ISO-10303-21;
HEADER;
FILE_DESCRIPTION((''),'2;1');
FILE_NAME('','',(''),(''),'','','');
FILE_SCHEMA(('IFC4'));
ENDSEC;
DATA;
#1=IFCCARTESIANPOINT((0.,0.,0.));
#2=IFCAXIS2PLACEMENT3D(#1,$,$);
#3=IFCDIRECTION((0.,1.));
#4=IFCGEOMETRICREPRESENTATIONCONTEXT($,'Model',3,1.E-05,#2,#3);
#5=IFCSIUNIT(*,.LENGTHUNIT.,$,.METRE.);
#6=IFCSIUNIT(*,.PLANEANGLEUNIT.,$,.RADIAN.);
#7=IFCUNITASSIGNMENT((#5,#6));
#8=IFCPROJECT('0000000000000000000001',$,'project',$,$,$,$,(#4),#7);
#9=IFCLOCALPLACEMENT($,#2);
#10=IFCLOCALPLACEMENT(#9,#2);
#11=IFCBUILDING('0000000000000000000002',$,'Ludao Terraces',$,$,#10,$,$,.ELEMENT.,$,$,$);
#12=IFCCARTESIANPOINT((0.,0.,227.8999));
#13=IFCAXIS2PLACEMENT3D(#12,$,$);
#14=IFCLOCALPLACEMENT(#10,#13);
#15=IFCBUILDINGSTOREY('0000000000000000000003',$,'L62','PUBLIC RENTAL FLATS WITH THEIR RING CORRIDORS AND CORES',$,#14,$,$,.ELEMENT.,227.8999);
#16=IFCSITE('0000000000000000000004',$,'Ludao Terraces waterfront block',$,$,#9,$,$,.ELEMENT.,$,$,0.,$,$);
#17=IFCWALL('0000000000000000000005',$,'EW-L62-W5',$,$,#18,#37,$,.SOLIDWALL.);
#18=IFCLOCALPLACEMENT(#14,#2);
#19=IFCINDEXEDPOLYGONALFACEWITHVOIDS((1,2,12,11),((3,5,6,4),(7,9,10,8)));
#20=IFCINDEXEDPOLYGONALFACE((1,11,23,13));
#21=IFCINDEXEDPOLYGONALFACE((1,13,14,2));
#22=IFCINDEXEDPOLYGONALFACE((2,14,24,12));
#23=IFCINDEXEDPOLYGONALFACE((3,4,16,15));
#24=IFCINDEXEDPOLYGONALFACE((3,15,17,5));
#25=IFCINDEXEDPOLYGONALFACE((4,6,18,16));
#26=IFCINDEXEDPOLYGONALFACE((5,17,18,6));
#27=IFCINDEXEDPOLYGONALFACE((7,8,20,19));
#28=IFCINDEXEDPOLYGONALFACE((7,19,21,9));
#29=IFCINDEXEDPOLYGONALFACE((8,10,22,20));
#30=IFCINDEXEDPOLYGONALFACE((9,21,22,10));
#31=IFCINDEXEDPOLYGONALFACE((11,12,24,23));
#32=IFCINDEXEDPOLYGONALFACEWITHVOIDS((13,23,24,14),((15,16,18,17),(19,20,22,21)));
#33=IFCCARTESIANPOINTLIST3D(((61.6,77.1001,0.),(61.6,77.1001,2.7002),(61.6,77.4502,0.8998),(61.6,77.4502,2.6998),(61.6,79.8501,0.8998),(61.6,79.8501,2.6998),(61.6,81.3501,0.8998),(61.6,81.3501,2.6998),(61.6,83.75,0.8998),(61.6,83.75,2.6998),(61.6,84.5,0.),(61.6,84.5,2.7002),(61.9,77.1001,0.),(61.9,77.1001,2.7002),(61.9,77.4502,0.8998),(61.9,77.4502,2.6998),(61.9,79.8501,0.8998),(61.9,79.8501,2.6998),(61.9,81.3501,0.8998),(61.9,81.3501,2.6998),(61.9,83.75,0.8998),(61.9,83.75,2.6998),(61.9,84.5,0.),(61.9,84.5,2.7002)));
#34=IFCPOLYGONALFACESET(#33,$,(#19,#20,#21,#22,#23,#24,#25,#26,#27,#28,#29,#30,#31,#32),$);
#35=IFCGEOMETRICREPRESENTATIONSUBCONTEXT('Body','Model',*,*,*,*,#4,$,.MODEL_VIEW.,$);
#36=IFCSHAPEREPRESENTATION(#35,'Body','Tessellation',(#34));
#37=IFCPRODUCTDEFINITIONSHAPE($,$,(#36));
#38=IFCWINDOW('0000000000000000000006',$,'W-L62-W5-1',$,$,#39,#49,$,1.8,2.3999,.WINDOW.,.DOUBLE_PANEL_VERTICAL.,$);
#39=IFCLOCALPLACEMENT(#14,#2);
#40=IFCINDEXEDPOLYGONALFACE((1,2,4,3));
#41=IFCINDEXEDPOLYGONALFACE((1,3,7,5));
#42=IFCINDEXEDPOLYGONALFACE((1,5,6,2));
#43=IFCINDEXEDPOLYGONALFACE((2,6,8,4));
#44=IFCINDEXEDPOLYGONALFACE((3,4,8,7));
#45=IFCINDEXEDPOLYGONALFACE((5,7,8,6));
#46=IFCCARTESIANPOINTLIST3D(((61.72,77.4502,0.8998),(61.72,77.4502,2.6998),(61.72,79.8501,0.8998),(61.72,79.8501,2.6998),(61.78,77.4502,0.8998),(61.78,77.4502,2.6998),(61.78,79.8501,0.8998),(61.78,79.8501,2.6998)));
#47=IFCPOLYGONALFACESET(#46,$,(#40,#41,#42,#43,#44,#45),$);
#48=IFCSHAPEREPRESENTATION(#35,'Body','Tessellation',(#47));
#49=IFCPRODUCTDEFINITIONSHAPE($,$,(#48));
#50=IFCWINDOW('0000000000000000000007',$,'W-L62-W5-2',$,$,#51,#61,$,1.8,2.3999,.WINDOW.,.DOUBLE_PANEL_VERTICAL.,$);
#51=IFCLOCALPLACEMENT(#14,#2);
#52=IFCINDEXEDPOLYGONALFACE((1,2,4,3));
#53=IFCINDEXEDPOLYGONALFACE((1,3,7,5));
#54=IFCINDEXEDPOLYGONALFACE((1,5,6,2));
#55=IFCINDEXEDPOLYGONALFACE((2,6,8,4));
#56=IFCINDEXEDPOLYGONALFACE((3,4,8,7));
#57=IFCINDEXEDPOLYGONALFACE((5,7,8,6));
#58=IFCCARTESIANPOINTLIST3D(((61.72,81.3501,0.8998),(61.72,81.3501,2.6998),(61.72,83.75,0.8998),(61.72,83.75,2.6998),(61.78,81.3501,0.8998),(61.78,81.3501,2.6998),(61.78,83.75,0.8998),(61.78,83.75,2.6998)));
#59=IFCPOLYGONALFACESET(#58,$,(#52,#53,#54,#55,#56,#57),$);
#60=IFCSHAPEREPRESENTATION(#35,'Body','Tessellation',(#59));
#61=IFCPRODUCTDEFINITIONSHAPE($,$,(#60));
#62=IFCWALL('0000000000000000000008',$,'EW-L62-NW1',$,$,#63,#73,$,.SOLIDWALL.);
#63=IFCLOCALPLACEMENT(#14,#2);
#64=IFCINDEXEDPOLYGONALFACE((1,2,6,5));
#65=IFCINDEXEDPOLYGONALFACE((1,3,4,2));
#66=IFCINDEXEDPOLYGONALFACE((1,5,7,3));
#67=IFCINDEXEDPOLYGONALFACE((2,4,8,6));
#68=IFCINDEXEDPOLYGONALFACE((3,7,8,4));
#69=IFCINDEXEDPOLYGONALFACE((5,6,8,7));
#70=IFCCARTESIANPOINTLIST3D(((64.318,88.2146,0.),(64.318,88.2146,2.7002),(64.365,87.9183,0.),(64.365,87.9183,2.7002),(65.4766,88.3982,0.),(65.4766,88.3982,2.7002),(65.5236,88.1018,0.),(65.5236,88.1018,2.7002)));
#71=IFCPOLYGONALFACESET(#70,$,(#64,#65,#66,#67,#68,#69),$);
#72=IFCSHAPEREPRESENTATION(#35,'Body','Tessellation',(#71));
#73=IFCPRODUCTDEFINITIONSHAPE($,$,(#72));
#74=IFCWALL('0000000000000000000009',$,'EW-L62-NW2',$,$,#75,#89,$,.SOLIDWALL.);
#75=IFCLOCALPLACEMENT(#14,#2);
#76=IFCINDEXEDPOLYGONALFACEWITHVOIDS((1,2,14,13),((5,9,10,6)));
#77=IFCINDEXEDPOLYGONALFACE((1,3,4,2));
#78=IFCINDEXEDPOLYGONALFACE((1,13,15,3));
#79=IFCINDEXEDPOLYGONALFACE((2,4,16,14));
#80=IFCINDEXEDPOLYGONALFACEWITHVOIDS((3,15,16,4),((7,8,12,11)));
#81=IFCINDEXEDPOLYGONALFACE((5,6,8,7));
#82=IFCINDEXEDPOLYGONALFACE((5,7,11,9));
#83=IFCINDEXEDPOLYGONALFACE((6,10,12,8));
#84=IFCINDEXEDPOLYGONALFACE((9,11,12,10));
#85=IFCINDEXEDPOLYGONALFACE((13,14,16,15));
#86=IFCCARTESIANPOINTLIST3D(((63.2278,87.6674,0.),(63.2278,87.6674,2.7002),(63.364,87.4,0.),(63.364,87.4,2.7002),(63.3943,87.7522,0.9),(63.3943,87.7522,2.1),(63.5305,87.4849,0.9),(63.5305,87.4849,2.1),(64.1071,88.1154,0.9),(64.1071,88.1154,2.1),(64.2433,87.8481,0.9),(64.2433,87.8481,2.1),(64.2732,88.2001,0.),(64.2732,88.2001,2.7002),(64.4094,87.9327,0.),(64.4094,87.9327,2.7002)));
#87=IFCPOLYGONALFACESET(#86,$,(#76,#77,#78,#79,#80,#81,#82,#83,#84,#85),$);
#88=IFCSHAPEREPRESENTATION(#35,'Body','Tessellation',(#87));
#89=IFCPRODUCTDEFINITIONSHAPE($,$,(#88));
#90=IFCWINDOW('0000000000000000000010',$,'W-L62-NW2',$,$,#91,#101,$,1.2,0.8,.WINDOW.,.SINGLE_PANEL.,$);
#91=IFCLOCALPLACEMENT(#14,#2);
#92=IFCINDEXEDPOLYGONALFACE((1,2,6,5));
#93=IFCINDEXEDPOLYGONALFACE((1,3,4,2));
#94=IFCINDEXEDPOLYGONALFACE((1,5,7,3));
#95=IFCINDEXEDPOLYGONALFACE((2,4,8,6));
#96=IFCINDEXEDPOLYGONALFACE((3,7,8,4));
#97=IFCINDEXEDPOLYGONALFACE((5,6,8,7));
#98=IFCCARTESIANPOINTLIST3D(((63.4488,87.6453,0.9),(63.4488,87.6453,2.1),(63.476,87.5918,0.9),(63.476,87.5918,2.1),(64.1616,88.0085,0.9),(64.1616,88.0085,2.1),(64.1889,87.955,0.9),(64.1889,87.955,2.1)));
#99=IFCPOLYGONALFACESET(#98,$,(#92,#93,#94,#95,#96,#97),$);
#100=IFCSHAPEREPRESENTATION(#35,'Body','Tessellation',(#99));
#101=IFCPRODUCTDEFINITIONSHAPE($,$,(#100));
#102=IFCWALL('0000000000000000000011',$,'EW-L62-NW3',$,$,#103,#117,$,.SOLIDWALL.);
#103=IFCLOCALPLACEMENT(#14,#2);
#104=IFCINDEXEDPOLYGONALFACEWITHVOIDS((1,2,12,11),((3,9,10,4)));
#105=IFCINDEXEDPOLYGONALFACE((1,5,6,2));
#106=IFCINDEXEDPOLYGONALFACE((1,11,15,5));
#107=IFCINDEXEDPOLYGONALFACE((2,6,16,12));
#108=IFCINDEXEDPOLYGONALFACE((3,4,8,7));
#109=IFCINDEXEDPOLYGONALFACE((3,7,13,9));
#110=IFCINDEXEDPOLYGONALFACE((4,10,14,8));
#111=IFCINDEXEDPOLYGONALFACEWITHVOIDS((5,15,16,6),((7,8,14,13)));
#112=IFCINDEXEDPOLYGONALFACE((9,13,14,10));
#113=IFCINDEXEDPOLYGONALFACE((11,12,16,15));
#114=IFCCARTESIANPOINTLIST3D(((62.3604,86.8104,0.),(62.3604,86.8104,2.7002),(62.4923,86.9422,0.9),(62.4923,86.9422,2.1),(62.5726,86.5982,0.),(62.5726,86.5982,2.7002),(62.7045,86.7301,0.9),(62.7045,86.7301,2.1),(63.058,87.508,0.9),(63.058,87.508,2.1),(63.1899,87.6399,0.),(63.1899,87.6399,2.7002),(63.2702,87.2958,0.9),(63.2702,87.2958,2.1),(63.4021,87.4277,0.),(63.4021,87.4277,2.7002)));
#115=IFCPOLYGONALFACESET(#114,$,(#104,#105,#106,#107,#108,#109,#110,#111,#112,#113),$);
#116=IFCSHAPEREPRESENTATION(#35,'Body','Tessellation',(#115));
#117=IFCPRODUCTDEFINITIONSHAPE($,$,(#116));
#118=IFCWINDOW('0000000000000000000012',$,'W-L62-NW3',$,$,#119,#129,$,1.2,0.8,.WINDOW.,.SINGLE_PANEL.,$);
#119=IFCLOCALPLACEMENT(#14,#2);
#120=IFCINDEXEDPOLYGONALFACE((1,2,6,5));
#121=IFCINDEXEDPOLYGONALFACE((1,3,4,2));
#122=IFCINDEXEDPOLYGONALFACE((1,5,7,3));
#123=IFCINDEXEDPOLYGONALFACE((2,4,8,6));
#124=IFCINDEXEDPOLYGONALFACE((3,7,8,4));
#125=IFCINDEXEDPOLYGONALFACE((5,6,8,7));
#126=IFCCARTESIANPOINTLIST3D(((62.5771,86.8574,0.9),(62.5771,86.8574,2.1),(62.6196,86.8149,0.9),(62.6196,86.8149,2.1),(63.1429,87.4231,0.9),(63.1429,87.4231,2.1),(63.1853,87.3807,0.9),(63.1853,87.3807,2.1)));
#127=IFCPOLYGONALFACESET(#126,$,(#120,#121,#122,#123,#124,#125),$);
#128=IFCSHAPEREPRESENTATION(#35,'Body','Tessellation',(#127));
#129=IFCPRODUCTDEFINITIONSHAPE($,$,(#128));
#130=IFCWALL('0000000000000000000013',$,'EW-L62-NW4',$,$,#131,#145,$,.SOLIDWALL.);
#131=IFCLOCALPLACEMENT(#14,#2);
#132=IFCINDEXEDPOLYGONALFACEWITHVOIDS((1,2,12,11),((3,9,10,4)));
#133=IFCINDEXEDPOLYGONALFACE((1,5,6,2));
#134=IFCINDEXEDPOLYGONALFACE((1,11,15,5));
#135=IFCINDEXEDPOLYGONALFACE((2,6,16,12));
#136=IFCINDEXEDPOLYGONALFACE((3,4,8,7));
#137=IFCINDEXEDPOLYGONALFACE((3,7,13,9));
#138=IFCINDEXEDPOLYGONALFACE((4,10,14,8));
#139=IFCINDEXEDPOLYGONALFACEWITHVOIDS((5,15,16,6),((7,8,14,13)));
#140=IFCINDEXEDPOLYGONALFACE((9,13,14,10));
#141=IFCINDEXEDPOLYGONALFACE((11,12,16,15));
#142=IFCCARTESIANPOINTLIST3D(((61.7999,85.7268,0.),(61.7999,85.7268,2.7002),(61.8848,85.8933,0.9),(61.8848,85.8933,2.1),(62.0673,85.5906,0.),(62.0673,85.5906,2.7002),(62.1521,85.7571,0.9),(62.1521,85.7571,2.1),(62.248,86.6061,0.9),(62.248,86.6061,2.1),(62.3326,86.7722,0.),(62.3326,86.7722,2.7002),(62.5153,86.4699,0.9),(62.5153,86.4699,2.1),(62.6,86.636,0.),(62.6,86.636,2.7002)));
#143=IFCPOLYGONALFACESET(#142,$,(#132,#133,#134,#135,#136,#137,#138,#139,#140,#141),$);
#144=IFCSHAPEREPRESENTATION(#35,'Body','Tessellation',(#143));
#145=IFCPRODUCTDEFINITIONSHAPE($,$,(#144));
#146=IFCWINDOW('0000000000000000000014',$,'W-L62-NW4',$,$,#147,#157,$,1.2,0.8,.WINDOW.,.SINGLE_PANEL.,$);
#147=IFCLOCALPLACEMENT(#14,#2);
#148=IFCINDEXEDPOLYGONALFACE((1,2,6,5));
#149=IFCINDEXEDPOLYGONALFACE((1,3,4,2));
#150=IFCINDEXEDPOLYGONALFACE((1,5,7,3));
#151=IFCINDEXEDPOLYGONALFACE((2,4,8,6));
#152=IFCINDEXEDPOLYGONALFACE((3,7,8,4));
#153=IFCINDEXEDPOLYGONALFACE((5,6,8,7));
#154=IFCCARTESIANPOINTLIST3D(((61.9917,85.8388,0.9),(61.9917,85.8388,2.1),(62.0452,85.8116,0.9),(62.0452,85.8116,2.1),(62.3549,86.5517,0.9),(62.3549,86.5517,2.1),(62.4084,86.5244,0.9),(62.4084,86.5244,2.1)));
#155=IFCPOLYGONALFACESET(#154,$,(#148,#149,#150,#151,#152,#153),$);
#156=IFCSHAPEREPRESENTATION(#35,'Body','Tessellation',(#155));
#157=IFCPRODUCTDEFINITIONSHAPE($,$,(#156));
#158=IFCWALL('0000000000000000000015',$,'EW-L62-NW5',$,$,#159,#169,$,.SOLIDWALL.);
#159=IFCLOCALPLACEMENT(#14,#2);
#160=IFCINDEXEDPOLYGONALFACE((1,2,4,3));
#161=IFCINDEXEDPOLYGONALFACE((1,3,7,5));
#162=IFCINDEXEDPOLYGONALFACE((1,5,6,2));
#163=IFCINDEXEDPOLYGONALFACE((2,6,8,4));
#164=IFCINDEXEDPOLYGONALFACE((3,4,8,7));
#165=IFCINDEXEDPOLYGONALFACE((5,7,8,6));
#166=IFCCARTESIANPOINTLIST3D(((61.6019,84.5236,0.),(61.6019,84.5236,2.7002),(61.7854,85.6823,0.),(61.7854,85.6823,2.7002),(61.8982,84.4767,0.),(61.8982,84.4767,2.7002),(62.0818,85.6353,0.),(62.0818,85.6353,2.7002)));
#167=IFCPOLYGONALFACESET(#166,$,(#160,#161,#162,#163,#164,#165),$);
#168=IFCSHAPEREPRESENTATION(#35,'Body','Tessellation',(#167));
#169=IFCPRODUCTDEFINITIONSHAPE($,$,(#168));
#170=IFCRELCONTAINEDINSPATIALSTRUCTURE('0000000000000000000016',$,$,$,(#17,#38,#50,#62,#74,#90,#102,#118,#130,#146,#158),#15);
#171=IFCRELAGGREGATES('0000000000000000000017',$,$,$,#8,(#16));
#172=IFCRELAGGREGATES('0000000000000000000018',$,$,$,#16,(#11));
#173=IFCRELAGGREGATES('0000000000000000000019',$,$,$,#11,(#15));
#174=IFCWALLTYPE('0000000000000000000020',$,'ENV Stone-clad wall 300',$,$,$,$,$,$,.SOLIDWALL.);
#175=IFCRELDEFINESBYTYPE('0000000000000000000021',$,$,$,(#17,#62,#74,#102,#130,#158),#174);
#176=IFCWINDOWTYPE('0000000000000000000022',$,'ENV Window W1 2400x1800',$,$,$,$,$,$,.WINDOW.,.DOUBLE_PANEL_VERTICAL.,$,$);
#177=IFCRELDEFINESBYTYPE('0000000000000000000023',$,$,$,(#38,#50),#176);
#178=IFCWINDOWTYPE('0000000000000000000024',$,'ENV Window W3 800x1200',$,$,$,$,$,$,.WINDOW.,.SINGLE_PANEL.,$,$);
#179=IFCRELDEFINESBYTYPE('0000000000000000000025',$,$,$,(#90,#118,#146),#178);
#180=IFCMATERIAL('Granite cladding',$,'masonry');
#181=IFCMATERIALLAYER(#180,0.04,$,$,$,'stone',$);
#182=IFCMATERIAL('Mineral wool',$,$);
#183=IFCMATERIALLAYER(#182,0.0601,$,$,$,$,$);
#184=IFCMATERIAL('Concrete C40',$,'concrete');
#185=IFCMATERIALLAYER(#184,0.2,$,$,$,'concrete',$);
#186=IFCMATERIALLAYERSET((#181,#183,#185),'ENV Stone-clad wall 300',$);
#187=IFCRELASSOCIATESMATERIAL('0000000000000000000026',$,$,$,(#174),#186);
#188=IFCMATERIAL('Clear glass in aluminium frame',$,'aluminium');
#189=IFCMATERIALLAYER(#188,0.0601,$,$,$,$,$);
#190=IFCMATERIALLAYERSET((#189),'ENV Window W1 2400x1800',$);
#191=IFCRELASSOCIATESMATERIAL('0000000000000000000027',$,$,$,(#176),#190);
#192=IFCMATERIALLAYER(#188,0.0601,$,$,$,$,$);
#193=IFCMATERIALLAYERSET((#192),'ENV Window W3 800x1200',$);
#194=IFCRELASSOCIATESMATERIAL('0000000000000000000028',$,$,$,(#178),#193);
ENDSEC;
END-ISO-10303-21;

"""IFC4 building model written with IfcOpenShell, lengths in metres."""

from ifc_helpers import new_model, si_unit, direction, frame, frame_2d, origin, place, context, subcontext, project, spatial, rectangle, extrude, material, layer, layer_set, type_object, element, fill, save


model = new_model("IFC4")

# Units and contexts
model_context = context("Model", 3, precision=1e-05, world=origin(), true_north=direction((0.0, 1.0)))
body_context = subcontext(model_context, "Body", "Model", "MODEL_VIEW")
ifc_project = project(units=[si_unit("LENGTHUNIT", "METRE"), si_unit("PLANEANGLEUNIT", "RADIAN")], contexts=[model_context])

# Site, building, storey
site_placement = place(None, origin())
site = spatial("IfcSite", under=ifc_project, at=site_placement, Name="Ludao Terraces waterfront block", CompositionType="ELEMENT", RefElevation=0.0)
building_placement = place(site_placement, origin())
building = spatial("IfcBuilding", under=site, at=building_placement, Name="Ludao Terraces", CompositionType="ELEMENT")
storey_placement = place(building_placement, frame((0.0, 0.0, 227.8999)))
storey = spatial("IfcBuildingStorey", under=building, at=storey_placement, Name="L62", Description="PUBLIC RENTAL FLATS WITH THEIR RING CORRIDORS AND CORES", CompositionType="ELEMENT", Elevation=227.8999)

# Shared definitions
ifc_material_1 = material(Name="Concrete C40", Category="concrete")

# Wall, openings, windows
ifc_material_2 = material(Name="Granite cladding", Category="masonry")
ifc_layer_1 = layer(ifc_material_2, 0.04, Category="stone")
ifc_material_3 = material(Name="Mineral wool")
ifc_layer_2 = layer(ifc_material_3, 0.0601)
ifc_layer_3 = layer(ifc_material_1, 0.2, Category="concrete")
ifc_layer_set_1 = layer_set([ifc_layer_1, ifc_layer_2, ifc_layer_3], Name="ENV Stone-clad wall 300")
wall_type_1 = type_object("IfcWallType", Name="ENV Stone-clad wall 300", PredefinedType="SOLIDWALL", material=ifc_layer_set_1)
ifc_material_4 = material(Name="Clear glass in aluminium frame", Category="aluminium")
ifc_layer_4 = layer(ifc_material_4, 0.0601)
ifc_layer_set_2 = layer_set([ifc_layer_4], Name="ENV Window W1 2400x1800")
window_type_1 = type_object("IfcWindowType", Name="ENV Window W1 2400x1800", PartitioningType="DOUBLE_PANEL_VERTICAL", PredefinedType="WINDOW", material=ifc_layer_set_2)
wall_1_placement = place(storey_placement, frame((61.75, 77.1001, 0.0), z_axis=(0.0, 0.0, 1.0), x_axis=(0.0, 1.0, 0.0)))
wall_1 = element("IfcWall", 1, at=wall_1_placement, inside=storey, type_object=wall_type_1, Name="EW-L62-W5", PredefinedType="SOLIDWALL", context=body_context, shape_type="SweptSolid", body=[
    extrude(rectangle(XDim=7.3999, YDim=0.3, at=frame_2d((3.7, 0.0))), origin(), (0.0, 0.0, 1.0), 2.7002),
])
opening_1_placement = place(wall_1_placement, frame((0.3501, 0.0, 0.8999)))
opening_1 = element("IfcOpeningElement", 2, at=opening_1_placement, cuts=wall_1, PredefinedType="OPENING", context=body_context, shape_type="SweptSolid", body=[
    extrude(rectangle(XDim=2.3999, YDim=1.8, at=frame_2d((1.2, 0.8999))), frame((0.0, 0.1602, 0.0), z_axis=(0.0, -1.0, 0.0), x_axis=(1.0, 0.0, 0.0)), (0.0, 0.0, 1.0), 0.3201),
])
opening_2_placement = place(wall_1_placement, frame((4.25, 0.0, 0.8999)))
opening_2 = element("IfcOpeningElement", 3, at=opening_2_placement, cuts=wall_1, PredefinedType="OPENING", context=body_context, shape_type="SweptSolid", body=[
    extrude(rectangle(XDim=2.3999, YDim=1.8, at=frame_2d((1.2, 0.8999))), frame((0.0, 0.1602, 0.0), z_axis=(0.0, -1.0, 0.0), x_axis=(1.0, 0.0, 0.0)), (0.0, 0.0, 1.0), 0.3201),
])
window_1_placement = place(opening_1_placement, origin())
window_1 = element("IfcWindow", 4, at=window_1_placement, inside=storey, type_object=window_type_1, Name="W-L62-W5-1", OverallHeight=1.8, OverallWidth=2.3999, PartitioningType="DOUBLE_PANEL_VERTICAL", PredefinedType="WINDOW", context=body_context, shape_type="SweptSolid", body=[
    extrude(rectangle(XDim=2.3999, YDim=1.8, at=frame_2d((1.2, 0.8999))), frame((0.0, 0.03, 0.0), z_axis=(0.0, -1.0, 0.0), x_axis=(1.0, 0.0, 0.0)), (0.0, 0.0, 1.0), 0.0601),
])
fill(opening_1, window_1)
window_2_placement = place(opening_2_placement, origin())
window_2 = element("IfcWindow", 5, at=window_2_placement, inside=storey, type_object=window_type_1, Name="W-L62-W5-2", OverallHeight=1.8, OverallWidth=2.3999, PartitioningType="DOUBLE_PANEL_VERTICAL", PredefinedType="WINDOW", context=body_context, shape_type="SweptSolid", body=[
    extrude(rectangle(XDim=2.3999, YDim=1.8, at=frame_2d((1.2, 0.8999))), frame((0.0, 0.03, 0.0), z_axis=(0.0, -1.0, 0.0), x_axis=(1.0, 0.0, 0.0)), (0.0, 0.0, 1.0), 0.0601),
])
fill(opening_2, window_2)

# Wall
wall_2_placement = place(storey_placement, frame((65.5, 88.25, 0.0), z_axis=(0.0, 0.0, 1.0), x_axis=(-0.987678, -0.156497, 0.0)))
element("IfcWall", 6, at=wall_2_placement, inside=storey, type_object=wall_type_1, Name="EW-L62-NW1", PredefinedType="SOLIDWALL", context=body_context, shape_type="SweptSolid", body=[
    extrude(rectangle(XDim=1.1731, YDim=0.3, at=frame_2d((0.5864, 0.0))), origin(), (0.0, 0.0, 1.0), 2.7002),
])

# Walls, openings, windows
wall_3_placement = place(storey_placement, frame((64.3413, 88.0664, 0.0), z_axis=(0.0, 0.0, 1.0), x_axis=(-0.890989, -0.454026, 0.0)))
wall_3 = element("IfcWall", 7, at=wall_3_placement, inside=storey, type_object=wall_type_1, Name="EW-L62-NW2", PredefinedType="SOLIDWALL", context=body_context, shape_type="SweptSolid", body=[
    extrude(rectangle(XDim=1.1733, YDim=0.3, at=frame_2d((0.5867, 0.0))), origin(), (0.0, 0.0, 1.0), 2.7002),
])
opening_3_placement = place(wall_3_placement, frame((0.1865, 0.0, 0.8999)))
opening_3 = element("IfcOpeningElement", 8, at=opening_3_placement, cuts=wall_3, PredefinedType="OPENING", context=body_context, shape_type="SweptSolid", body=[
    extrude(rectangle(XDim=0.8, YDim=1.2, at=frame_2d((0.3999, 0.6001))), frame((0.0, 0.1602, 0.0), z_axis=(0.0, -1.0, 0.0), x_axis=(1.0, 0.0, 0.0)), (0.0, 0.0, 1.0), 0.3201),
])
ifc_layer_5 = layer(ifc_material_4, 0.0601)
ifc_layer_set_3 = layer_set([ifc_layer_5], Name="ENV Window W3 800x1200")
window_type_2 = type_object("IfcWindowType", Name="ENV Window W3 800x1200", PartitioningType="SINGLE_PANEL", PredefinedType="WINDOW", material=ifc_layer_set_3)
window_3_placement = place(opening_3_placement, origin())
window_3 = element("IfcWindow", 9, at=window_3_placement, inside=storey, type_object=window_type_2, Name="W-L62-NW2", OverallHeight=1.2, OverallWidth=0.8, PartitioningType="SINGLE_PANEL", PredefinedType="WINDOW", context=body_context, shape_type="SweptSolid", body=[
    extrude(rectangle(XDim=0.8, YDim=1.2, at=frame_2d((0.3999, 0.6001))), frame((0.0, 0.03, 0.0), z_axis=(0.0, -1.0, 0.0), x_axis=(1.0, 0.0, 0.0)), (0.0, 0.0, 1.0), 0.0601),
])
fill(opening_3, window_3)
wall_4_placement = place(storey_placement, frame((63.2959, 87.5337, 0.0), z_axis=(0.0, 0.0, 1.0), x_axis=(-0.707107, -0.707107, 0.0)))
wall_4 = element("IfcWall", 10, at=wall_4_placement, inside=storey, type_object=wall_type_1, Name="EW-L62-NW3", PredefinedType="SOLIDWALL", context=body_context, shape_type="SweptSolid", body=[
    extrude(rectangle(XDim=1.1731, YDim=0.3, at=frame_2d((0.5864, 0.0))), origin(), (0.0, 0.0, 1.0), 2.7002),
])
opening_4_placement = place(wall_4_placement, frame((0.1865, 0.0, 0.8999)))
opening_4 = element("IfcOpeningElement", 11, at=opening_4_placement, cuts=wall_4, PredefinedType="OPENING", context=body_context, shape_type="SweptSolid", body=[
    extrude(rectangle(XDim=0.8, YDim=1.2, at=frame_2d((0.3999, 0.6001))), frame((0.0, 0.1602, 0.0), z_axis=(0.0, -1.0, 0.0), x_axis=(1.0, 0.0, 0.0)), (0.0, 0.0, 1.0), 0.3201),
])
window_4_placement = place(opening_4_placement, origin())
window_4 = element("IfcWindow", 12, at=window_4_placement, inside=storey, type_object=window_type_2, Name="W-L62-NW3", OverallHeight=1.2, OverallWidth=0.8, PartitioningType="SINGLE_PANEL", PredefinedType="WINDOW", context=body_context, shape_type="SweptSolid", body=[
    extrude(rectangle(XDim=0.8, YDim=1.2, at=frame_2d((0.3999, 0.6001))), frame((0.0, 0.03, 0.0), z_axis=(0.0, -1.0, 0.0), x_axis=(1.0, 0.0, 0.0)), (0.0, 0.0, 1.0), 0.0601),
])
fill(opening_4, window_4)
wall_5_placement = place(storey_placement, frame((62.4663, 86.7041, 0.0), z_axis=(0.0, 0.0, 1.0), x_axis=(-0.454026, -0.890989, 0.0)))
wall_5 = element("IfcWall", 13, at=wall_5_placement, inside=storey, type_object=wall_type_1, Name="EW-L62-NW4", PredefinedType="SOLIDWALL", context=body_context, shape_type="SweptSolid", body=[
    extrude(rectangle(XDim=1.1733, YDim=0.3, at=frame_2d((0.5867, 0.0))), origin(), (0.0, 0.0, 1.0), 2.7002),
])
opening_5_placement = place(wall_5_placement, frame((0.1865, 0.0, 0.8999)))
opening_5 = element("IfcOpeningElement", 14, at=opening_5_placement, cuts=wall_5, PredefinedType="OPENING", context=body_context, shape_type="SweptSolid", body=[
    extrude(rectangle(XDim=0.8, YDim=1.2, at=frame_2d((0.3999, 0.6001))), frame((0.0, 0.1602, 0.0), z_axis=(0.0, -1.0, 0.0), x_axis=(1.0, 0.0, 0.0)), (0.0, 0.0, 1.0), 0.3201),
])
window_5_placement = place(opening_5_placement, origin())
window_5 = element("IfcWindow", 15, at=window_5_placement, inside=storey, type_object=window_type_2, Name="W-L62-NW4", OverallHeight=1.2, OverallWidth=0.8, PartitioningType="SINGLE_PANEL", PredefinedType="WINDOW", context=body_context, shape_type="SweptSolid", body=[
    extrude(rectangle(XDim=0.8, YDim=1.2, at=frame_2d((0.3999, 0.6001))), frame((0.0, 0.03, 0.0), z_axis=(0.0, -1.0, 0.0), x_axis=(1.0, 0.0, 0.0)), (0.0, 0.0, 1.0), 0.0601),
])
fill(opening_5, window_5)

# Wall
wall_6_placement = place(storey_placement, frame((61.9336, 85.6587, 0.0), z_axis=(0.0, 0.0, 1.0), x_axis=(-0.156497, -0.987678, 0.0)))
element("IfcWall", 16, at=wall_6_placement, inside=storey, type_object=wall_type_1, Name="EW-L62-NW5", PredefinedType="SOLIDWALL", context=body_context, shape_type="SweptSolid", body=[
    extrude(rectangle(XDim=1.1731, YDim=0.3, at=frame_2d((0.5864, 0.0))), origin(), (0.0, 0.0, 1.0), 2.7002),
])

save(model, "model.ifc")
